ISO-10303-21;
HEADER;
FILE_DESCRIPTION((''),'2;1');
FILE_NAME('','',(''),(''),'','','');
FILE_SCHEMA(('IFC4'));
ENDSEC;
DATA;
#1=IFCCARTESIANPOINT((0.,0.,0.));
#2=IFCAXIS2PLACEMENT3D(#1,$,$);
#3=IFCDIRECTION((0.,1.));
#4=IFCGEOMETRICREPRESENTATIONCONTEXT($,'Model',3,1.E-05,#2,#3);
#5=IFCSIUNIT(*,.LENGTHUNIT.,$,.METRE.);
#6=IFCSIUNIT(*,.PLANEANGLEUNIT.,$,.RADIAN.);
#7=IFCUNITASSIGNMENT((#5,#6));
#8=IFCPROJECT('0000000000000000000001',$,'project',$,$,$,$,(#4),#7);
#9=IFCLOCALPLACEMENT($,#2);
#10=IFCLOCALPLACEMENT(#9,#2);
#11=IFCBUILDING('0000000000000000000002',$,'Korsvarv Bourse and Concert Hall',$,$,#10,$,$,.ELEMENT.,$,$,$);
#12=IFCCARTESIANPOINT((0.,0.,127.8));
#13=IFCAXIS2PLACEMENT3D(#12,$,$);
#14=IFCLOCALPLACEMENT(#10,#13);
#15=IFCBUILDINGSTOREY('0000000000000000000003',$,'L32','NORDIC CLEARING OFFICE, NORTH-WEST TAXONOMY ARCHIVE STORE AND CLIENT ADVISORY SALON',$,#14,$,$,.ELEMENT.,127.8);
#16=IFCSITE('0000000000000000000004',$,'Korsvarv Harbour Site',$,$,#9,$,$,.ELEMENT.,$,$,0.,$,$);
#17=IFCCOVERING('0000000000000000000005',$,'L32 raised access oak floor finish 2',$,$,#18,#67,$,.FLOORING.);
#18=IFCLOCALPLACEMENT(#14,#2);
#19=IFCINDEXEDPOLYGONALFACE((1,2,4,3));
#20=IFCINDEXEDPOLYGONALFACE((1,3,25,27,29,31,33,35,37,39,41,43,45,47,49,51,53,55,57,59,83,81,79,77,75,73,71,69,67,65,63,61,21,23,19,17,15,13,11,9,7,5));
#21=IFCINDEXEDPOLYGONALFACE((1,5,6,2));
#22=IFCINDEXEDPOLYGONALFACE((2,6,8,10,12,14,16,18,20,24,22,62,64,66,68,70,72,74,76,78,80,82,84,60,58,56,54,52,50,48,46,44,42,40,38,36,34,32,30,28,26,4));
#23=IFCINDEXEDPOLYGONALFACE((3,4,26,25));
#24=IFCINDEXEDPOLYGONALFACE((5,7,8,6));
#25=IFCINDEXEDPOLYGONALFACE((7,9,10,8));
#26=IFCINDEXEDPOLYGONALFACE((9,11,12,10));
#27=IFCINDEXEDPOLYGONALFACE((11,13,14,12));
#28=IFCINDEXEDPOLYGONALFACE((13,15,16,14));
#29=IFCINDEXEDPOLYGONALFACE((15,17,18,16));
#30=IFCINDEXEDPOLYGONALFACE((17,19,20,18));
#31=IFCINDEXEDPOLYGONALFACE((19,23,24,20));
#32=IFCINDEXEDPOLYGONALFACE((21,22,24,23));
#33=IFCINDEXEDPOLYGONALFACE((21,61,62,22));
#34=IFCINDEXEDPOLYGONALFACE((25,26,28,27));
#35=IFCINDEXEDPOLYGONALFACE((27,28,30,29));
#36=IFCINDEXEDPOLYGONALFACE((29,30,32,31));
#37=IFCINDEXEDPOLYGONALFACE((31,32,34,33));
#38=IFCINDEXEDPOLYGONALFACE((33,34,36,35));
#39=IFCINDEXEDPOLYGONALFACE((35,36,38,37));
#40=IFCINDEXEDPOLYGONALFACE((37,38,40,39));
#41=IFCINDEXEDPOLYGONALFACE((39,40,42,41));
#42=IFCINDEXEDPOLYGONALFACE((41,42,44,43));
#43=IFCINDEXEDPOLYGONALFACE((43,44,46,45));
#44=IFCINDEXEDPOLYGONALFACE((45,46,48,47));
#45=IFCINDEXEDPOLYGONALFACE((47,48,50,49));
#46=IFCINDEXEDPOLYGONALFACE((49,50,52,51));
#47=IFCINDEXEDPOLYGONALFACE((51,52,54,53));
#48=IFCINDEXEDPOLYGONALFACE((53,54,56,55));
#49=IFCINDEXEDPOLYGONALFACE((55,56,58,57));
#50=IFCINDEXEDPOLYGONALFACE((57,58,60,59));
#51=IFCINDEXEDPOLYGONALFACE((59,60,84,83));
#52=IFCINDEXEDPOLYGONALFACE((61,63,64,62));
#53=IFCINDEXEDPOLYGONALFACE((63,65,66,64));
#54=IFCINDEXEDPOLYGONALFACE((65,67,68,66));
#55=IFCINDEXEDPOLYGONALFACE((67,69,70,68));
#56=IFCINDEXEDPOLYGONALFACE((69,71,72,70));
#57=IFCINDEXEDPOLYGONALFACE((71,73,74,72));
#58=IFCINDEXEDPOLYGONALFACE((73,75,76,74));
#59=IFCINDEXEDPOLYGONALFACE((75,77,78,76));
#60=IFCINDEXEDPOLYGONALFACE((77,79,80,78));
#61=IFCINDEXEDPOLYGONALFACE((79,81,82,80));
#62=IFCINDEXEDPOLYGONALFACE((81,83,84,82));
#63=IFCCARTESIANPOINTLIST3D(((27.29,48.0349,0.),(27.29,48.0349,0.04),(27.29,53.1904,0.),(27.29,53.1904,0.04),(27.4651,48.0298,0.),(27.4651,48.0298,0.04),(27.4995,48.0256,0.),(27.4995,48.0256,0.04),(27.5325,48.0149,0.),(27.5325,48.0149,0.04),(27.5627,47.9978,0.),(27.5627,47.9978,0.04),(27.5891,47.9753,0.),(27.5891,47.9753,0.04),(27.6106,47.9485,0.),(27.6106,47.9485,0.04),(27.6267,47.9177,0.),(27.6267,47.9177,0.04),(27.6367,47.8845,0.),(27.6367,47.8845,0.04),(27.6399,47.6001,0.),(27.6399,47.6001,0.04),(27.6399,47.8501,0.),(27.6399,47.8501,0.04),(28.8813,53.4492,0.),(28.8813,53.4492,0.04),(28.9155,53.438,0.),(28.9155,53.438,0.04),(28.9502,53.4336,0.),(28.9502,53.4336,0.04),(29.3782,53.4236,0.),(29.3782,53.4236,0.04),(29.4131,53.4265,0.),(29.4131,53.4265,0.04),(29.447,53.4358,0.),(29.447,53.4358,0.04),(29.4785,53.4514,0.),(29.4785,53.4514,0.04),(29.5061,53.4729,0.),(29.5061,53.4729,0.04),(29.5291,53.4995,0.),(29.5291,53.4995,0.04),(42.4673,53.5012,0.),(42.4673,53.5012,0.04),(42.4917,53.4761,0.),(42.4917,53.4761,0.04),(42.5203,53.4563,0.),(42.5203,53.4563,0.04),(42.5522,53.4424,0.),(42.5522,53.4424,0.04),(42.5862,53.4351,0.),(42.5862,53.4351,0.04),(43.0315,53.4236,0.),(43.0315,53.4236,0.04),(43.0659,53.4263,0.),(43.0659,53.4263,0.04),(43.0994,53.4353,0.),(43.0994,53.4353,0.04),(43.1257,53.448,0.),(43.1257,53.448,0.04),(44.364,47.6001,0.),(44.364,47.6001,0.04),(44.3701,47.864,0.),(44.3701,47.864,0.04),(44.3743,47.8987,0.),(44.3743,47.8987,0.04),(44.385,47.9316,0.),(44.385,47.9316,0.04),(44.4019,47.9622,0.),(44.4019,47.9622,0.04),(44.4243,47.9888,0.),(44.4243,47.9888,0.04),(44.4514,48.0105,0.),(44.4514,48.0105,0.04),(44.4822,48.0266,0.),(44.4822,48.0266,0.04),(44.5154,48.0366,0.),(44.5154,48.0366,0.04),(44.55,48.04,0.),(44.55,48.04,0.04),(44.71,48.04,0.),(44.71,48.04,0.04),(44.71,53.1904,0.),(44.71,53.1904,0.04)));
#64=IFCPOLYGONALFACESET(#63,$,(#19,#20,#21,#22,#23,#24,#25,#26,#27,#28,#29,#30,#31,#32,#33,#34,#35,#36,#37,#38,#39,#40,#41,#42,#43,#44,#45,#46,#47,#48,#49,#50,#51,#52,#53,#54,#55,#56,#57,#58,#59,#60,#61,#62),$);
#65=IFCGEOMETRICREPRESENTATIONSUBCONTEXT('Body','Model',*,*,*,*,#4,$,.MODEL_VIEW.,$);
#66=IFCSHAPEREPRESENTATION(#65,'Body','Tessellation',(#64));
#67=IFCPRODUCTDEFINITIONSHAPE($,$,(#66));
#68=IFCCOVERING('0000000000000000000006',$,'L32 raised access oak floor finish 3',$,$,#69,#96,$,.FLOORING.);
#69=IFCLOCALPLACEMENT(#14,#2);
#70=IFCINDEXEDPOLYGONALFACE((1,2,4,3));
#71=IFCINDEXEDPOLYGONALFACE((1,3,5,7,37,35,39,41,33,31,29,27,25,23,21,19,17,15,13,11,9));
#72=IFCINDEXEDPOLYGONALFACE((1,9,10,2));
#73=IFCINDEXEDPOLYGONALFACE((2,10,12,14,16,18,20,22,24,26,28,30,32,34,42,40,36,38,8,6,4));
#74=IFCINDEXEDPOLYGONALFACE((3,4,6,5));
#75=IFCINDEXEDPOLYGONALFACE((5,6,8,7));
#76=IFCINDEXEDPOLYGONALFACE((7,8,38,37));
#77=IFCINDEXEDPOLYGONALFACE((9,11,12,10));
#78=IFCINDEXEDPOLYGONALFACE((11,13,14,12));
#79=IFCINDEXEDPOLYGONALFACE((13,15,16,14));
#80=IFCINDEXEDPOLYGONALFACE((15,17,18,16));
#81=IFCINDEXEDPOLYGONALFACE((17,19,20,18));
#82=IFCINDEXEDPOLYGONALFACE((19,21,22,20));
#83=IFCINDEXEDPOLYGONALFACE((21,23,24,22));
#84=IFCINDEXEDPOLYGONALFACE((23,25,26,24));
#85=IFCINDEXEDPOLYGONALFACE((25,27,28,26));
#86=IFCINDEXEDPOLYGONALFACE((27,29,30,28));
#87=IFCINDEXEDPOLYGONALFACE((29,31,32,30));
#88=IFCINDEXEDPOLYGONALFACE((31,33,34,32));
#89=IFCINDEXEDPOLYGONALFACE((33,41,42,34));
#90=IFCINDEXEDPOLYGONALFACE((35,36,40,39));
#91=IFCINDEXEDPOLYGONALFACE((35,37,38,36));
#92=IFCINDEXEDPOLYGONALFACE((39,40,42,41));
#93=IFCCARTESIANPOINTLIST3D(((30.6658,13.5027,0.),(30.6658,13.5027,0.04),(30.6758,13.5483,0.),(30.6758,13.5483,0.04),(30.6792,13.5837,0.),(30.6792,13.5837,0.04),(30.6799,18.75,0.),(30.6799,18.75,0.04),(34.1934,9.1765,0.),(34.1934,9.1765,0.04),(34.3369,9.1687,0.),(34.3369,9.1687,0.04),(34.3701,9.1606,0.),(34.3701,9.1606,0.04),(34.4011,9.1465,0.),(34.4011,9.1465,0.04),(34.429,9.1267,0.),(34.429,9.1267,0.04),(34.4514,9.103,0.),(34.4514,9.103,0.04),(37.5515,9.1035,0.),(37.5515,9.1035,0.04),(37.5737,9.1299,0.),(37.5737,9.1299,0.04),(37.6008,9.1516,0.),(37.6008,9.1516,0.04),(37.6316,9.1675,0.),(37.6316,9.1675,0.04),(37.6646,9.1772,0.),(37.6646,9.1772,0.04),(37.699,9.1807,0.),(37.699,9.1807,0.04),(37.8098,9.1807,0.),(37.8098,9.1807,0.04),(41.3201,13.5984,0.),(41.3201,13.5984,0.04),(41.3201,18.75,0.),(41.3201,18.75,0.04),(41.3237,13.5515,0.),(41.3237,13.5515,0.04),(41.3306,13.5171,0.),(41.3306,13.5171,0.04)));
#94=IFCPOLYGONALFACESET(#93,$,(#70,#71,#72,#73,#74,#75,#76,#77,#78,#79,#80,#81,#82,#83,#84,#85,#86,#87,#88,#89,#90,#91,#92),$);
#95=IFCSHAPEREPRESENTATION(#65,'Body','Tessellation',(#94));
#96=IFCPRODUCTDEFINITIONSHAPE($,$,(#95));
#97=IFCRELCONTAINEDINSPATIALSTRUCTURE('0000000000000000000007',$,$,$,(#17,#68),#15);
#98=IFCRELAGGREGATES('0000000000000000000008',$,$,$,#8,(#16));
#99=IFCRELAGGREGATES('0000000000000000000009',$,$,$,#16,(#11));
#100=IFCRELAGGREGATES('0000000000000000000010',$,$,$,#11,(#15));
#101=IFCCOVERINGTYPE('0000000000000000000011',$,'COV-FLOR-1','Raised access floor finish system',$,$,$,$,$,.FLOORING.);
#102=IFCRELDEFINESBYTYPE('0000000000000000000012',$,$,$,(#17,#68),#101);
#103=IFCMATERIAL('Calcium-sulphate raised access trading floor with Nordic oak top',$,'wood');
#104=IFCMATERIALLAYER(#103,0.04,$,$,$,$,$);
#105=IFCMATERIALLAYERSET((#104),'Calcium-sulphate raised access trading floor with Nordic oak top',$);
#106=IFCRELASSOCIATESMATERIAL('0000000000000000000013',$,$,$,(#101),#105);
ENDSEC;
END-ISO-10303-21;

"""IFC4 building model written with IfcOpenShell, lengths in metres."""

from ifc_helpers import new_model, si_unit, direction, frame, origin, place, context, subcontext, project, spatial, polyline, outline, extrude, material, layer, layer_set, type_object, element, save


model = new_model("IFC4")

# Units and contexts
model_context = context("Model", 3, precision=1e-05, world=origin(), true_north=direction((0.0, 1.0)))
body_context = subcontext(model_context, "Body", "Model", "MODEL_VIEW")
ifc_project = project(units=[si_unit("LENGTHUNIT", "METRE"), si_unit("PLANEANGLEUNIT", "RADIAN")], contexts=[model_context])

# Site, building, storey
site_placement = place(None, origin())
site = spatial("IfcSite", under=ifc_project, at=site_placement, Name="Korsvarv Harbour Site", CompositionType="ELEMENT", RefElevation=0.0)
building_placement = place(site_placement, origin())
building = spatial("IfcBuilding", under=site, at=building_placement, Name="Korsvarv Bourse and Concert Hall", CompositionType="ELEMENT")
storey_placement = place(building_placement, frame((0.0, 0.0, 127.8)))
storey = spatial("IfcBuildingStorey", under=building, at=storey_placement, Name="L32", Description="NORDIC CLEARING OFFICE, NORTH-WEST TAXONOMY ARCHIVE STORE AND CLIENT ADVISORY SALON", CompositionType="ELEMENT", Elevation=127.8)

# Coverings
ifc_material_1 = material(Name="Calcium-sulphate raised access trading floor with Nordic oak top", Category="wood")
ifc_layer_1 = layer(ifc_material_1, 0.04)
ifc_layer_set_1 = layer_set([ifc_layer_1], Name="Calcium-sulphate raised access trading floor with Nordic oak top")
covering_type_1 = type_object("IfcCoveringType", Name="COV-FLOR-1", Description="Raised access floor finish system", PredefinedType="FLOORING", material=ifc_layer_set_1)
covering_1_placement = place(storey_placement, origin())
element("IfcCovering", 1, at=covering_1_placement, inside=storey, type_object=covering_type_1, Name="L32 raised access oak floor finish 2", PredefinedType="FLOORING", context=body_context, shape_type="SweptSolid", body=[
    extrude(outline(polyline([(28.8813, 53.4492), (28.9155, 53.438), (28.9502, 53.4336), (29.3782, 53.4236), (29.4131, 53.4265), (29.447, 53.4358), (29.4785, 53.4514), (29.5061, 53.4729), (29.5291, 53.4995), (42.4673, 53.5012), (42.4917, 53.4761), (42.5203, 53.4563), (42.5522, 53.4424), (42.5862, 53.4351), (43.0315, 53.4236), (43.0659, 53.4263), (43.0994, 53.4353), (43.1257, 53.448), (44.71, 53.1904), (44.71, 48.04), (44.55, 48.04), (44.5154, 48.0366), (44.4822, 48.0266), (44.4514, 48.0105), (44.4243, 47.9888), (44.4019, 47.9622), (44.385, 47.9316), (44.3743, 47.8987), (44.3701, 47.864), (44.364, 47.6001), (27.6399, 47.6001), (27.6399, 47.8501), (27.6367, 47.8845), (27.6267, 47.9177), (27.6106, 47.9485), (27.5891, 47.9753), (27.5627, 47.9978), (27.5325, 48.0149), (27.4995, 48.0256), (27.4651, 48.0298), (27.29, 48.0349), (27.29, 53.1904), (28.8813, 53.4492)])), origin(), (0.0, 0.0, 1.0), 0.04),
])
covering_2_placement = place(storey_placement, origin())
element("IfcCovering", 2, at=covering_2_placement, inside=storey, type_object=covering_type_1, Name="L32 raised access oak floor finish 3", PredefinedType="FLOORING", context=body_context, shape_type="SweptSolid", body=[
    extrude(outline(polyline([(30.6658, 13.5027), (30.6758, 13.5483), (30.6792, 13.5837), (30.6799, 18.75), (41.3201, 18.75), (41.3201, 13.5984), (41.3237, 13.5515), (41.3306, 13.5171), (37.8098, 9.1807), (37.699, 9.1807), (37.6646, 9.1772), (37.6316, 9.1675), (37.6008, 9.1516), (37.5737, 9.1299), (37.5515, 9.1035), (34.4514, 9.103), (34.429, 9.1267), (34.4011, 9.1465), (34.3701, 9.1606), (34.3369, 9.1687), (34.1934, 9.1765), (30.6658, 13.5027)])), origin(), (0.0, 0.0, 1.0), 0.04),
])

save(model, "model.ifc")
